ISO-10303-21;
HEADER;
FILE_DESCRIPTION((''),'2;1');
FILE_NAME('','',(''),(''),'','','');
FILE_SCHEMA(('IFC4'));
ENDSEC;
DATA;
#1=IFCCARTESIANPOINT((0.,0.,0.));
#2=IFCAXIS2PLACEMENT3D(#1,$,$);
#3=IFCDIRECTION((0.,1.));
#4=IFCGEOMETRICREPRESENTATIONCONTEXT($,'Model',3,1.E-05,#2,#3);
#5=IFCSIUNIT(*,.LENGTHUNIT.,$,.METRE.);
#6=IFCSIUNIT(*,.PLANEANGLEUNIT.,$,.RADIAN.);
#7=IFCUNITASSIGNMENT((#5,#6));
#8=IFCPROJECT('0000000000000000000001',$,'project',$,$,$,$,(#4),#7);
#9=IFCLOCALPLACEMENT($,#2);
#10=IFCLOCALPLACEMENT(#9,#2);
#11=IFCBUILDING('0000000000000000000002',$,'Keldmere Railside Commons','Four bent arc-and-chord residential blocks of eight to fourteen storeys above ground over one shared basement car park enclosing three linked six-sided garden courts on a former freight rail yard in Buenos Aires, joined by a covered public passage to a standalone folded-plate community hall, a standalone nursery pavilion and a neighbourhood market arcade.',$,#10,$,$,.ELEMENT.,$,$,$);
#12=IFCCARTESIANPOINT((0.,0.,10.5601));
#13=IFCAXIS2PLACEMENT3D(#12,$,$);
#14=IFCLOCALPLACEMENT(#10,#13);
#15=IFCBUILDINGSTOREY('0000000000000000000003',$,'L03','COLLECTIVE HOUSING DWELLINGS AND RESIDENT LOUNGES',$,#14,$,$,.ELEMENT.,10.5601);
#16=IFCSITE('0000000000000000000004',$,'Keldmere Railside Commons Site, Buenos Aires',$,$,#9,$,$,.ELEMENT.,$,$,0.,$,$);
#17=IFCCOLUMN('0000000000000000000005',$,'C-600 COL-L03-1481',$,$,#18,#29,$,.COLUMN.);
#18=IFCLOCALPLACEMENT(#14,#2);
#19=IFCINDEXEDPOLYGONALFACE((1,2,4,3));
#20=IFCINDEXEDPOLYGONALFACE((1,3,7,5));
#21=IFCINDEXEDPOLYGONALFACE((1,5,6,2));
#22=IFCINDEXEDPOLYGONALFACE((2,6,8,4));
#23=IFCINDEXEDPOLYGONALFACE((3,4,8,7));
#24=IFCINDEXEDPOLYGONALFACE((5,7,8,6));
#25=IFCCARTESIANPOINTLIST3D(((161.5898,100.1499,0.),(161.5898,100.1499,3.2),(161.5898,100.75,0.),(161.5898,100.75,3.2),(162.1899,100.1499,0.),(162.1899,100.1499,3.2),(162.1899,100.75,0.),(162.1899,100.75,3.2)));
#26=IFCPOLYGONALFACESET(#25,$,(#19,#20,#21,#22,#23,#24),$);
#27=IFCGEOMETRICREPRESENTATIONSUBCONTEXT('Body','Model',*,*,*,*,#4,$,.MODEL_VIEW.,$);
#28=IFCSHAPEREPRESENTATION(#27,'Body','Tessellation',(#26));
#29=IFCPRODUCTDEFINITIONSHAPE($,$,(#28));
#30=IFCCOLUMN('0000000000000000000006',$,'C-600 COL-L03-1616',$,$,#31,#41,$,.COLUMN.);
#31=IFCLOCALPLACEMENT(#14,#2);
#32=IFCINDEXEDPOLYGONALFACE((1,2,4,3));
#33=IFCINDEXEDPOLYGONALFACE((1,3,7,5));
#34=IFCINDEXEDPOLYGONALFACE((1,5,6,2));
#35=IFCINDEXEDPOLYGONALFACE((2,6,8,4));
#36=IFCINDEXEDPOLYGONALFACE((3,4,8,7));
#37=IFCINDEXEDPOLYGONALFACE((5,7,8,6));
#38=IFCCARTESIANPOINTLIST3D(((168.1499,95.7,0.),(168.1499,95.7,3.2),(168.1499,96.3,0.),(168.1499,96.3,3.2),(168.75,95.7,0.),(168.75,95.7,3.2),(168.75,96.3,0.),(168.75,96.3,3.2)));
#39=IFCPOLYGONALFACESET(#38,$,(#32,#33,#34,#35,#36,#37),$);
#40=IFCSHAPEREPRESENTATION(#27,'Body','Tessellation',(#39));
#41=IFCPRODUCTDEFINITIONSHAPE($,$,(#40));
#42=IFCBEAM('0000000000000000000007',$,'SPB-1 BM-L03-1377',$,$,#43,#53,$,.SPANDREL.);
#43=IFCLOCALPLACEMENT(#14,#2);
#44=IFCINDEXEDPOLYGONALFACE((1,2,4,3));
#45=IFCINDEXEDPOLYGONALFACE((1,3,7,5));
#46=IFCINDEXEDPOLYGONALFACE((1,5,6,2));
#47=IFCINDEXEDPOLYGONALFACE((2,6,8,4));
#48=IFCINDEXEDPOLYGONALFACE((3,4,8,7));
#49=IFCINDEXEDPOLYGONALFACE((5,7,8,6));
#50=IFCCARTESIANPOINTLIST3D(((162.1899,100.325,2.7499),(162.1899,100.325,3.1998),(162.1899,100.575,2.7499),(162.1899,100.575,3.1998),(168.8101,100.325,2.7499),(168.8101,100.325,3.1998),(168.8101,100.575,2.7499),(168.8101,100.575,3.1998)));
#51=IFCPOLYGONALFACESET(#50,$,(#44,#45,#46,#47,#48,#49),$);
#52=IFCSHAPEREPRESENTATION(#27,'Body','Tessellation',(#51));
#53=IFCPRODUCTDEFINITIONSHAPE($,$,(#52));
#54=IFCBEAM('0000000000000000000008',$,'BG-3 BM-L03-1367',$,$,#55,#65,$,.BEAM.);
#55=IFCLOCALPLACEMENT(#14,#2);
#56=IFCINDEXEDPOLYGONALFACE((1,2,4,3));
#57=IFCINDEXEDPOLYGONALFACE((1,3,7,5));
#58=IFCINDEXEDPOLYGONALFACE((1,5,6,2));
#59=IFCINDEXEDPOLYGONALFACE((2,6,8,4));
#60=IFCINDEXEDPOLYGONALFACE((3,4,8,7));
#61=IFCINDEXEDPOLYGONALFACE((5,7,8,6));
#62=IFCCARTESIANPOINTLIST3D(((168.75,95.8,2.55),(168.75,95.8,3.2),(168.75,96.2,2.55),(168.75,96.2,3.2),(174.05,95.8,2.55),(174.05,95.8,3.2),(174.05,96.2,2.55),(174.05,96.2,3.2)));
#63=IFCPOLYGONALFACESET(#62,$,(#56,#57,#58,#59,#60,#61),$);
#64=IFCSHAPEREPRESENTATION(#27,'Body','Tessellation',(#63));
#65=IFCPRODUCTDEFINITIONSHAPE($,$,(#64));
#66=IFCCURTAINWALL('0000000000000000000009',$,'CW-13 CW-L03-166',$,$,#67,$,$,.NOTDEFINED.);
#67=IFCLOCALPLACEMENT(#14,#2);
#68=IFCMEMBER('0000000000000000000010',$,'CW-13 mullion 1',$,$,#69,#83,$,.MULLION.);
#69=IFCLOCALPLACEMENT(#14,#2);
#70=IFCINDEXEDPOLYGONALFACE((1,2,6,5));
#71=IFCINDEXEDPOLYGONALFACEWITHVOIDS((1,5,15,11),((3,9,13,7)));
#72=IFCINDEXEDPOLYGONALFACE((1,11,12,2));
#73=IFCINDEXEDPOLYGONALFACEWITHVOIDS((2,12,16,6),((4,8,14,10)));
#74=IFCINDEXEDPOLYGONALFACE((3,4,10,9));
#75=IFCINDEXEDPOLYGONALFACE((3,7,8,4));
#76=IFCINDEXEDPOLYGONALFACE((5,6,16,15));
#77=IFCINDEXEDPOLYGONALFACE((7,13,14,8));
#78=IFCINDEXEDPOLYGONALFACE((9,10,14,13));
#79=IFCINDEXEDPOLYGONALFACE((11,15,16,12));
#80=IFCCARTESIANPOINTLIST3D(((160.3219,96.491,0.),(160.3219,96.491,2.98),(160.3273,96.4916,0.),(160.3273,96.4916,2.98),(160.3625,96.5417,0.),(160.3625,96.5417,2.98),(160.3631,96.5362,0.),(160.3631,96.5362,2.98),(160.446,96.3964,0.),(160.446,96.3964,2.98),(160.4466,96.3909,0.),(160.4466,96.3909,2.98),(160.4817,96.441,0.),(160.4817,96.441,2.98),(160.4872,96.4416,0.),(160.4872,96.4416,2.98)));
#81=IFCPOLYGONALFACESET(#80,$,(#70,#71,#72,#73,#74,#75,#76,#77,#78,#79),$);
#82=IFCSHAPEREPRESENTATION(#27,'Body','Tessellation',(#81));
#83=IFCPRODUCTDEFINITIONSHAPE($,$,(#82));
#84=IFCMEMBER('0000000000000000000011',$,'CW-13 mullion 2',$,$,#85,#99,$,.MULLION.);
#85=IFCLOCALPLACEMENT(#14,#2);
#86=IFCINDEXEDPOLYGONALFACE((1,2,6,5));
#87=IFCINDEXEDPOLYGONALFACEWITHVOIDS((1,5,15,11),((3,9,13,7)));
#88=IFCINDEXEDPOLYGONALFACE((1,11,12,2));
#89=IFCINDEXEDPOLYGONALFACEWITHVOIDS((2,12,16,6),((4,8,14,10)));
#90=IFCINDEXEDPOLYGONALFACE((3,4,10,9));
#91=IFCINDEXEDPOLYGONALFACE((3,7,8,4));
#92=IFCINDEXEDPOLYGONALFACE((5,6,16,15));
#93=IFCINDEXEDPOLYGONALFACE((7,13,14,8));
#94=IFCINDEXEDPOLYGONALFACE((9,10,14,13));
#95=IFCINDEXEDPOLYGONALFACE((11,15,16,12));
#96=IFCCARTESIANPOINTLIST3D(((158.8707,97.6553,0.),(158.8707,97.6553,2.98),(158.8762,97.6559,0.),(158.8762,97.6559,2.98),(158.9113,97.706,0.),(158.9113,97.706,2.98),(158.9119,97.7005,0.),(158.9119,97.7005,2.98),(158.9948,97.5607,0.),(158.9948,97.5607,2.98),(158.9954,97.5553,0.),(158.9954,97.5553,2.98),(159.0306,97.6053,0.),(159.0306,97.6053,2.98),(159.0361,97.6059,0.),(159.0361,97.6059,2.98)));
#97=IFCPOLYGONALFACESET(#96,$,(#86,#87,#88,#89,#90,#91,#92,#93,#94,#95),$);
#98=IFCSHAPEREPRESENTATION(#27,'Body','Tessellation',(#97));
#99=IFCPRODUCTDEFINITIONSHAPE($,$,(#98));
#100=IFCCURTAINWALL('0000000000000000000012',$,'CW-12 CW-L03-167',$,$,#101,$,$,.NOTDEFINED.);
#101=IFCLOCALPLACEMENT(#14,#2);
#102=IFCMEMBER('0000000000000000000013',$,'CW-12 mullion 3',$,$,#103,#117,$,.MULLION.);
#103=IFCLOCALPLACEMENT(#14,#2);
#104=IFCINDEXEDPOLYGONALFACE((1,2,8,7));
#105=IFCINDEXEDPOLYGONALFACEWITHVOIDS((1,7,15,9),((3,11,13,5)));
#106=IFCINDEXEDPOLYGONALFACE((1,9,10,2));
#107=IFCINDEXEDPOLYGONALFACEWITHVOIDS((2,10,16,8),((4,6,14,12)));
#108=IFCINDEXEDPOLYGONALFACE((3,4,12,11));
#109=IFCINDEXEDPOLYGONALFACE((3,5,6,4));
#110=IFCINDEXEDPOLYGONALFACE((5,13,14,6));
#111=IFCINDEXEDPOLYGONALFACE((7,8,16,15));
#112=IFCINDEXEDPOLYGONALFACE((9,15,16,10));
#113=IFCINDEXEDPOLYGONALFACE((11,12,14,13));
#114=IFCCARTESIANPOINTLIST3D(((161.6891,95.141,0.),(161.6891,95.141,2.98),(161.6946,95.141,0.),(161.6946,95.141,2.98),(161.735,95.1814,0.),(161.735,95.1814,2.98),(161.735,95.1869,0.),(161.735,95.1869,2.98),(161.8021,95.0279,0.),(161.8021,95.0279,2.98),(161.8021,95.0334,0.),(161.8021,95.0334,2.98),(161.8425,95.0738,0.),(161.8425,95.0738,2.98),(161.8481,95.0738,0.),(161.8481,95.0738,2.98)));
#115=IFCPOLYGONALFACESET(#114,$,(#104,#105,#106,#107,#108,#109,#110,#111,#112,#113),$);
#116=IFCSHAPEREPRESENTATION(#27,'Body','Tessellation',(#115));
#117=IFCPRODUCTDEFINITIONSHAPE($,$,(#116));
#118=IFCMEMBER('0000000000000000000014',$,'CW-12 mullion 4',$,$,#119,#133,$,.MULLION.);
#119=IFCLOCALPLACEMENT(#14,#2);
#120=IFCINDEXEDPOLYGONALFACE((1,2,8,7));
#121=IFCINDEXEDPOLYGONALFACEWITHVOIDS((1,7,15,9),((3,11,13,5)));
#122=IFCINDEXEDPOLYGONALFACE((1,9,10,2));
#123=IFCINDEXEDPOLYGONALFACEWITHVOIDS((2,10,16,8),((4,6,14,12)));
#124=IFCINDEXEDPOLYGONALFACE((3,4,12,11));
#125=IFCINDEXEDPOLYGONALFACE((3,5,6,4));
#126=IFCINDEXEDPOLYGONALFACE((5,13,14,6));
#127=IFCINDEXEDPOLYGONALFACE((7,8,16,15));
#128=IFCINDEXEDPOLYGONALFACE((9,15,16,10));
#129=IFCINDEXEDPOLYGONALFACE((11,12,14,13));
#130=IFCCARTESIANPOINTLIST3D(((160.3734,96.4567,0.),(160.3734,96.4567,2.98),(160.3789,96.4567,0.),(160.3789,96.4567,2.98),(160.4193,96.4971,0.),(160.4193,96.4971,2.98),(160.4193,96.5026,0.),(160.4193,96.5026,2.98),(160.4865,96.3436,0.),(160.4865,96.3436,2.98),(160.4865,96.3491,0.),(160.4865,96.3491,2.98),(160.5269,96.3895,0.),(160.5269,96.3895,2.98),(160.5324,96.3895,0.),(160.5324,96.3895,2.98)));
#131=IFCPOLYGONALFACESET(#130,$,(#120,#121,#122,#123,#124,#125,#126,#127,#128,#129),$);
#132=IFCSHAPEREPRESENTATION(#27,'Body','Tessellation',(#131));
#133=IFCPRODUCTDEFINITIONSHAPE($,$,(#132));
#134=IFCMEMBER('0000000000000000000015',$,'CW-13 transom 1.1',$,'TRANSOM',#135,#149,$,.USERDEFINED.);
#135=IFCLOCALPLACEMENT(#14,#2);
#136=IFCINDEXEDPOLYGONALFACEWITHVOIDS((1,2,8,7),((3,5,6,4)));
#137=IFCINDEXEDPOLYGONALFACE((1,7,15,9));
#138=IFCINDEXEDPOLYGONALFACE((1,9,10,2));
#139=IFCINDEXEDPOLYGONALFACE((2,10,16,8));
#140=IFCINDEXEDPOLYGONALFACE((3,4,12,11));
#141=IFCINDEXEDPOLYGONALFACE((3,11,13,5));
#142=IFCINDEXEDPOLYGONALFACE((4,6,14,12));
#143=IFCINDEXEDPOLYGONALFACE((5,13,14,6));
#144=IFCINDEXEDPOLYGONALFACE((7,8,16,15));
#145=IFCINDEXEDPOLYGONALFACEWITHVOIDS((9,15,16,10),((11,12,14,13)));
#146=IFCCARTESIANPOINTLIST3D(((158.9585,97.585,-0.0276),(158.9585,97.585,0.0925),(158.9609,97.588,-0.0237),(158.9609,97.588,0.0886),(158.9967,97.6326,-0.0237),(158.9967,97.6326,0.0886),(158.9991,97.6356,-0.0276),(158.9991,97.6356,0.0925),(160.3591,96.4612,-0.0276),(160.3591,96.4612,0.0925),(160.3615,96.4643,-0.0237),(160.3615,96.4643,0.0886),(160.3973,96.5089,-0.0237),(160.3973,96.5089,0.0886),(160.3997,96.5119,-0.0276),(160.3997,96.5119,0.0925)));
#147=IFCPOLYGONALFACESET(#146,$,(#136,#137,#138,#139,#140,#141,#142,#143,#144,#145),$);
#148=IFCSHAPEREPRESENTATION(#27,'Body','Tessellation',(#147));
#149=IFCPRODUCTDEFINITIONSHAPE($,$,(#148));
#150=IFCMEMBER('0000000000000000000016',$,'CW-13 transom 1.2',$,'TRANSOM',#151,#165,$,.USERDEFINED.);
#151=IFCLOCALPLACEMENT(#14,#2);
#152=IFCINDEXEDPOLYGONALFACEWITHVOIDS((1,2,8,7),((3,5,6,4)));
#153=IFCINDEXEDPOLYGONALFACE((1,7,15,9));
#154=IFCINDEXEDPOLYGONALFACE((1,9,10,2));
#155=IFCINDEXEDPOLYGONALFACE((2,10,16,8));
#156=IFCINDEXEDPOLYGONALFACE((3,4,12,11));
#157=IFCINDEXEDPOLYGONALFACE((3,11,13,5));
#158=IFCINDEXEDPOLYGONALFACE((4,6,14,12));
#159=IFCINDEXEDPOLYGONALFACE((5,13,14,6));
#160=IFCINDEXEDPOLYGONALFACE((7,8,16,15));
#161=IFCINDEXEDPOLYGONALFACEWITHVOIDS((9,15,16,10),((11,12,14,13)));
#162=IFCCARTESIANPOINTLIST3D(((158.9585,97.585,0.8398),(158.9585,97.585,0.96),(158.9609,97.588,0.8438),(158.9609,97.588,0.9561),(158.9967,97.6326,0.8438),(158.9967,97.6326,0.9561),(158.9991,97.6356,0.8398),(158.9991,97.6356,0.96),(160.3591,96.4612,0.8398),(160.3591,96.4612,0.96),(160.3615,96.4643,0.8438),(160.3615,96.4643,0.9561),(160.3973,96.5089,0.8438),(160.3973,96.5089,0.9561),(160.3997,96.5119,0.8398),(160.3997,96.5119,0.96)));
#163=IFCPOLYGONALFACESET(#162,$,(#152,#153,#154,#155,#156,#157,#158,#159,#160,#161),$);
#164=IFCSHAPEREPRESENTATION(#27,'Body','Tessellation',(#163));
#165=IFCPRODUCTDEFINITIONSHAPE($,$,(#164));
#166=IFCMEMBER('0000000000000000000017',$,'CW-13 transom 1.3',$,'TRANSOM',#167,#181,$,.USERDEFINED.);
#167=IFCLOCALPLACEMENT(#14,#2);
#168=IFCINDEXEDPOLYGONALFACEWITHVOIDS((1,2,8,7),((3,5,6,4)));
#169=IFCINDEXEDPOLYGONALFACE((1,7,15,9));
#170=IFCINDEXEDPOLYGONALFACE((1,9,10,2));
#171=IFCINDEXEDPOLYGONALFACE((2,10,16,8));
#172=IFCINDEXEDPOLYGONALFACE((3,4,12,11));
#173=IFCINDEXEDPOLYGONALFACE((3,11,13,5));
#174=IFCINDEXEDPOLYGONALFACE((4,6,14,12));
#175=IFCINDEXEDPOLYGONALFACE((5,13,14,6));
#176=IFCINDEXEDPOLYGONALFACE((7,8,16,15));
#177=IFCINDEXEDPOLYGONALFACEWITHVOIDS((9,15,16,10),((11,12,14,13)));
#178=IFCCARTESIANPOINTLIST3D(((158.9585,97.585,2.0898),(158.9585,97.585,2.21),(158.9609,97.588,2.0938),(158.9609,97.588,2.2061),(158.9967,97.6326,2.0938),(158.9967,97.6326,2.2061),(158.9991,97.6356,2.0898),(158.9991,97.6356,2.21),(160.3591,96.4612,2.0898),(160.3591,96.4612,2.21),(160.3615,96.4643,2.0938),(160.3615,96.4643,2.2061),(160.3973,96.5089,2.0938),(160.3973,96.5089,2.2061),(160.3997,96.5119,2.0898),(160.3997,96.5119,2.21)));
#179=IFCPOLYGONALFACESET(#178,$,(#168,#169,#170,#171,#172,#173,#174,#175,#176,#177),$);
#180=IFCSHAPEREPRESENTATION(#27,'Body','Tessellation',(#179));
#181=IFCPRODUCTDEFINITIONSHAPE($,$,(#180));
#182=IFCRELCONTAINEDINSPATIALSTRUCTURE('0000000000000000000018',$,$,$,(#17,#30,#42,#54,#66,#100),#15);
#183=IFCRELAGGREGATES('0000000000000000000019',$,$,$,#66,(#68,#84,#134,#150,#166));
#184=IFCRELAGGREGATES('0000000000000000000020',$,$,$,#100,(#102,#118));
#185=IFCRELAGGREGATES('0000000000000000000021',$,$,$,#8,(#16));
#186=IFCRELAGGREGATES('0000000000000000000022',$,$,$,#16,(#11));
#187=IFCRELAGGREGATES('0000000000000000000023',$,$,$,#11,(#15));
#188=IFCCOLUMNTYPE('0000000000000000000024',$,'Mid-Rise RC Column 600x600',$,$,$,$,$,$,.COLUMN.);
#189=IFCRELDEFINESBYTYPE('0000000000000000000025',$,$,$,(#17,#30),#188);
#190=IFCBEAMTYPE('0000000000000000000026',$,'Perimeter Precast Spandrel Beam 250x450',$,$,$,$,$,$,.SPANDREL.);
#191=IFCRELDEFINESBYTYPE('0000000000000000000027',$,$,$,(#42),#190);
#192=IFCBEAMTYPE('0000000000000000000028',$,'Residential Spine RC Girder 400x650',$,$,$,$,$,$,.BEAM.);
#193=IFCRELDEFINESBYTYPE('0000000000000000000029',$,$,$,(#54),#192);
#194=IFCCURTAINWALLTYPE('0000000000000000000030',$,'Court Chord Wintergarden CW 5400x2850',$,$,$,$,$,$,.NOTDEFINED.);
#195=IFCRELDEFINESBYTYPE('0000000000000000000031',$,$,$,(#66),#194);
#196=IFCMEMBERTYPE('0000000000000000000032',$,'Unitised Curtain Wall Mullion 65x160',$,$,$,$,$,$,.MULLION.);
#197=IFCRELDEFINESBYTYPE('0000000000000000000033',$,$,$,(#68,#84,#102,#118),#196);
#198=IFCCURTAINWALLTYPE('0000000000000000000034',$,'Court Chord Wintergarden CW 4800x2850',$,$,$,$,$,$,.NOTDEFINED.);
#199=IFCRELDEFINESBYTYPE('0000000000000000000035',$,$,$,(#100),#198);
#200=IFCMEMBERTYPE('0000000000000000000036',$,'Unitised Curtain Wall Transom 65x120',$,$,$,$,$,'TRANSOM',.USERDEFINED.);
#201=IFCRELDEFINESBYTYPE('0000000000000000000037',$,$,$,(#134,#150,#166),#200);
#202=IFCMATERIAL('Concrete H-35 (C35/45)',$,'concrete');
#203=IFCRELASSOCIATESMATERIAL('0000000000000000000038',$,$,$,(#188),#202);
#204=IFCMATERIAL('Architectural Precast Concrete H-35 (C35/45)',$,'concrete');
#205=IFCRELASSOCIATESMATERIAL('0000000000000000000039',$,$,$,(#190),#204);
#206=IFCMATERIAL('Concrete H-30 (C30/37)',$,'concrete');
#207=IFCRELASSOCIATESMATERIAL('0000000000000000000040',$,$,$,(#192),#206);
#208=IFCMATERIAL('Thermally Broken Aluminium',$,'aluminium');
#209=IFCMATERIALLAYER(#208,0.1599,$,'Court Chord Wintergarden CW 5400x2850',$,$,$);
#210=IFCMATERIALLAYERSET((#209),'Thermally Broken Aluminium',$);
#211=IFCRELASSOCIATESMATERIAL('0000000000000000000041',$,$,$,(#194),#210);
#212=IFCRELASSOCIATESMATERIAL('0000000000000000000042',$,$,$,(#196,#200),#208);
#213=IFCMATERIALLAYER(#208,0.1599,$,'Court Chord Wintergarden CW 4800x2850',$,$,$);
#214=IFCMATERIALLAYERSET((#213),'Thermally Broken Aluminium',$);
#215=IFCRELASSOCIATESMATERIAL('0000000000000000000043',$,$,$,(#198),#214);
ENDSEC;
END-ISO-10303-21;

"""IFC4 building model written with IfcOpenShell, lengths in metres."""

from ifc_helpers import new_model, si_unit, direction, frame, origin, origin_2d, place, context, subcontext, project, spatial, rectangle, hollow_rectangle, extrude, material, layer, layer_set, material_profile, profile_set, type_object, element, aggregate, save


model = new_model("IFC4")

# Units and contexts
model_context = context("Model", 3, precision=1e-05, world=origin(), true_north=direction((0.0, 1.0)))
body_context = subcontext(model_context, "Body", "Model", "MODEL_VIEW")
ifc_project = project(units=[si_unit("LENGTHUNIT", "METRE"), si_unit("PLANEANGLEUNIT", "RADIAN")], contexts=[model_context])

# Site, building, storey
site_placement = place(None, origin())
site = spatial("IfcSite", under=ifc_project, at=site_placement, Name="Keldmere Railside Commons Site, Buenos Aires", CompositionType="ELEMENT", RefElevation=0.0)
building_placement = place(site_placement, origin())
building = spatial("IfcBuilding", under=site, at=building_placement, Name="Keldmere Railside Commons", Description="Four bent arc-and-chord residential blocks of eight to fourteen storeys above ground over one shared basement car park enclosing three linked six-sided garden courts on a former freight rail yard in Buenos Aires, joined by a covered public passage to a standalone folded-plate community hall, a standalone nursery pavilion and a neighbourhood market arcade.", CompositionType="ELEMENT")
storey_placement = place(building_placement, frame((0.0, 0.0, 10.5601)))
storey = spatial("IfcBuildingStorey", under=building, at=storey_placement, Name="L03", Description="COLLECTIVE HOUSING DWELLINGS AND RESIDENT LOUNGES", CompositionType="ELEMENT", Elevation=10.5601)

# Columns
ifc_material_1 = material(Name="Concrete H-35 (C35/45)", Category="concrete")
ifc_material_profile_1 = material_profile(ifc_material_1, rectangle(XDim=0.6001, YDim=0.6001, at=origin_2d()), Name="RC-600x600")
ifc_profile_set_1 = profile_set([ifc_material_profile_1], Name="Concrete H-35 (C35/45)")
column_type = type_object("IfcColumnType", Name="Mid-Rise RC Column 600x600", PredefinedType="COLUMN", material=ifc_profile_set_1)
for number, where, z_axis, x_axis, name in (
    (1, (161.8899, 100.45, 0.0), (0.0, 0.0, 1.0), (1.0, 0.0, 0.0), "C-600 COL-L03-1481"),
    (2, (168.45, 96.0, 0.0), (0.0, 0.0, 1.0), (1.0, 0.0, 0.0), "C-600 COL-L03-1616"),
):
    element("IfcColumn", number, at=place(storey_placement, frame(where, z_axis=z_axis, x_axis=x_axis)), inside=storey, type_object=column_type, Name=name, PredefinedType="COLUMN", context=body_context, shape_type="SweptSolid", body=[
        extrude(rectangle(XDim=0.6001, YDim=0.6001, at=origin_2d()), origin(), (0.0, 0.0, 1.0), 3.2),
    ])

# Beams
ifc_material_2 = material(Name="Architectural Precast Concrete H-35 (C35/45)", Category="concrete")
ifc_material_profile_2 = material_profile(ifc_material_2, rectangle(XDim=0.25, YDim=0.45, at=origin_2d()), Name="RC-250x450")
ifc_profile_set_2 = profile_set([ifc_material_profile_2], Name="Architectural Precast Concrete H-35 (C35/45)")
beam_type_1 = type_object("IfcBeamType", Name="Perimeter Precast Spandrel Beam 250x450", PredefinedType="SPANDREL", material=ifc_profile_set_2)
beam_1_placement = place(storey_placement, frame((162.1899, 100.45, 2.9749), z_axis=(1.0, 0.0, 0.0), x_axis=(0.0, 1.0, 0.0)))
element("IfcBeam", 3, at=beam_1_placement, inside=storey, type_object=beam_type_1, Name="SPB-1 BM-L03-1377", PredefinedType="SPANDREL", context=body_context, shape_type="SweptSolid", body=[
    extrude(rectangle(XDim=0.25, YDim=0.45, at=origin_2d()), origin(), (0.0, 0.0, 1.0), 6.6201),
])
ifc_material_3 = material(Name="Concrete H-30 (C30/37)", Category="concrete")
ifc_material_profile_3 = material_profile(ifc_material_3, rectangle(XDim=0.3999, YDim=0.6499, at=origin_2d()), Name="RC-400x650")
ifc_profile_set_3 = profile_set([ifc_material_profile_3], Name="Concrete H-30 (C30/37)")
beam_type_2 = type_object("IfcBeamType", Name="Residential Spine RC Girder 400x650", PredefinedType="BEAM", material=ifc_profile_set_3)
beam_2_placement = place(storey_placement, frame((168.75, 96.0, 2.875), z_axis=(1.0, 0.0, 0.0), x_axis=(0.0, 1.0, 0.0)))
element("IfcBeam", 4, at=beam_2_placement, inside=storey, type_object=beam_type_2, Name="BG-3 BM-L03-1367", PredefinedType="BEAM", context=body_context, shape_type="SweptSolid", body=[
    extrude(rectangle(XDim=0.3999, YDim=0.6499, at=origin_2d()), origin(), (0.0, 0.0, 1.0), 5.3),
])

# Curtain walls, members
ifc_material_4 = material(Name="Thermally Broken Aluminium", Category="aluminium")
ifc_layer_1 = layer(ifc_material_4, 0.1599, Name="Court Chord Wintergarden CW 5400x2850")
ifc_layer_set_1 = layer_set([ifc_layer_1], Name="Thermally Broken Aluminium")
curtain_wall_type_1 = type_object("IfcCurtainWallType", Name="Court Chord Wintergarden CW 5400x2850", PredefinedType="NOTDEFINED", material=ifc_layer_set_1)
curtain_wall_1_placement = place(storey_placement, origin())
curtain_wall_1 = element("IfcCurtainWall", 5, at=curtain_wall_1_placement, inside=storey, type_object=curtain_wall_type_1, Name="CW-13 CW-L03-166", PredefinedType="NOTDEFINED")
ifc_material_profile_4 = material_profile(ifc_material_4, hollow_rectangle(XDim=0.0649, YDim=0.1599, WallThickness=0.0039, at=origin_2d()), Name="ALU-MULL-65x160")
ifc_profile_set_4 = profile_set([ifc_material_profile_4], Name="Thermally Broken Aluminium")
member_type_1 = type_object("IfcMemberType", Name="Unitised Curtain Wall Mullion 65x160", PredefinedType="MULLION", material=ifc_profile_set_4)
member_1_placement = place(storey_placement, frame((160.4045, 96.4663, 0.0), z_axis=(0.0, 0.0, 1.0), x_axis=(-0.625768, -0.780009, 0.0)))
member_1 = element("IfcMember", 6, at=member_1_placement, type_object=member_type_1, Name="CW-13 mullion 1", PredefinedType="MULLION", context=body_context, shape_type="SweptSolid", body=[
    extrude(hollow_rectangle(XDim=0.0649, YDim=0.1599, WallThickness=0.0039, at=origin_2d()), origin(), (0.0, 0.0, 1.0), 2.98),
])
member_2_placement = place(storey_placement, frame((158.9534, 97.6306, 0.0), z_axis=(0.0, 0.0, 1.0), x_axis=(-0.625768, -0.780009, 0.0)))
member_2 = element("IfcMember", 7, at=member_2_placement, type_object=member_type_1, Name="CW-13 mullion 2", PredefinedType="MULLION", context=body_context, shape_type="SweptSolid", body=[
    extrude(hollow_rectangle(XDim=0.0649, YDim=0.1599, WallThickness=0.0039, at=origin_2d()), origin(), (0.0, 0.0, 1.0), 2.98),
])
ifc_layer_2 = layer(ifc_material_4, 0.1599, Name="Court Chord Wintergarden CW 4800x2850")
ifc_layer_set_2 = layer_set([ifc_layer_2], Name="Thermally Broken Aluminium")
curtain_wall_type_2 = type_object("IfcCurtainWallType", Name="Court Chord Wintergarden CW 4800x2850", PredefinedType="NOTDEFINED", material=ifc_layer_set_2)
curtain_wall_2_placement = place(storey_placement, origin())
curtain_wall_2 = element("IfcCurtainWall", 8, at=curtain_wall_2_placement, inside=storey, type_object=curtain_wall_type_2, Name="CW-12 CW-L03-167", PredefinedType="NOTDEFINED")
member_3_placement = place(storey_placement, frame((161.7686, 95.1074, 0.0), z_axis=(0.0, 0.0, 1.0), x_axis=(-0.707107, -0.707107, 0.0)))
member_3 = element("IfcMember", 9, at=member_3_placement, type_object=member_type_1, Name="CW-12 mullion 3", PredefinedType="MULLION", context=body_context, shape_type="SweptSolid", body=[
    extrude(hollow_rectangle(XDim=0.0649, YDim=0.1599, WallThickness=0.0039, at=origin_2d()), origin(), (0.0, 0.0, 1.0), 2.98),
])
member_4_placement = place(storey_placement, frame((160.4529, 96.4231, 0.0), z_axis=(0.0, 0.0, 1.0), x_axis=(-0.707107, -0.707107, 0.0)))
member_4 = element("IfcMember", 10, at=member_4_placement, type_object=member_type_1, Name="CW-12 mullion 4", PredefinedType="MULLION", context=body_context, shape_type="SweptSolid", body=[
    extrude(hollow_rectangle(XDim=0.0649, YDim=0.1599, WallThickness=0.0039, at=origin_2d()), origin(), (0.0, 0.0, 1.0), 2.98),
])

# Members
ifc_material_profile_5 = material_profile(ifc_material_4, hollow_rectangle(XDim=0.0649, YDim=0.1201, WallThickness=0.0039, at=origin_2d()), Name="ALU-TRAN-65x120")
ifc_profile_set_5 = profile_set([ifc_material_profile_5], Name="Thermally Broken Aluminium")
member_type_2 = type_object("IfcMemberType", Name="Unitised Curtain Wall Transom 65x120", ElementType="TRANSOM", PredefinedType="USERDEFINED", material=ifc_profile_set_5)
member_5_placement = place(storey_placement, frame((160.3794, 96.4866, 0.0325), z_axis=(-0.779979, 0.625805, 0.0), x_axis=(-0.625805, -0.779979, 0.0)))
member_5 = element("IfcMember", 11, at=member_5_placement, type_object=member_type_2, Name="CW-13 transom 1.1", ObjectType="TRANSOM", PredefinedType="USERDEFINED", context=body_context, shape_type="SweptSolid", body=[
    extrude(hollow_rectangle(XDim=0.0649, YDim=0.1201, WallThickness=0.0039, at=origin_2d()), origin(), (0.0, 0.0, 1.0), 1.7957),
])
member_6_placement = place(storey_placement, frame((160.3794, 96.4866, 0.8999), z_axis=(-0.779979, 0.625805, 0.0), x_axis=(-0.625805, -0.779979, 0.0)))
member_6 = element("IfcMember", 12, at=member_6_placement, type_object=member_type_2, Name="CW-13 transom 1.2", ObjectType="TRANSOM", PredefinedType="USERDEFINED", context=body_context, shape_type="SweptSolid", body=[
    extrude(hollow_rectangle(XDim=0.0649, YDim=0.1201, WallThickness=0.0039, at=origin_2d()), origin(), (0.0, 0.0, 1.0), 1.7957),
])
member_7_placement = place(storey_placement, frame((160.3794, 96.4866, 2.1499), z_axis=(-0.779979, 0.625805, 0.0), x_axis=(-0.625805, -0.779979, 0.0)))
member_7 = element("IfcMember", 13, at=member_7_placement, type_object=member_type_2, Name="CW-13 transom 1.3", ObjectType="TRANSOM", PredefinedType="USERDEFINED", context=body_context, shape_type="SweptSolid", body=[
    extrude(hollow_rectangle(XDim=0.0649, YDim=0.1201, WallThickness=0.0039, at=origin_2d()), origin(), (0.0, 0.0, 1.0), 1.7957),
])

aggregate(curtain_wall_1, [member_1, member_2, member_5, member_6, member_7])
aggregate(curtain_wall_2, [member_3, member_4])

save(model, "model.ifc")
